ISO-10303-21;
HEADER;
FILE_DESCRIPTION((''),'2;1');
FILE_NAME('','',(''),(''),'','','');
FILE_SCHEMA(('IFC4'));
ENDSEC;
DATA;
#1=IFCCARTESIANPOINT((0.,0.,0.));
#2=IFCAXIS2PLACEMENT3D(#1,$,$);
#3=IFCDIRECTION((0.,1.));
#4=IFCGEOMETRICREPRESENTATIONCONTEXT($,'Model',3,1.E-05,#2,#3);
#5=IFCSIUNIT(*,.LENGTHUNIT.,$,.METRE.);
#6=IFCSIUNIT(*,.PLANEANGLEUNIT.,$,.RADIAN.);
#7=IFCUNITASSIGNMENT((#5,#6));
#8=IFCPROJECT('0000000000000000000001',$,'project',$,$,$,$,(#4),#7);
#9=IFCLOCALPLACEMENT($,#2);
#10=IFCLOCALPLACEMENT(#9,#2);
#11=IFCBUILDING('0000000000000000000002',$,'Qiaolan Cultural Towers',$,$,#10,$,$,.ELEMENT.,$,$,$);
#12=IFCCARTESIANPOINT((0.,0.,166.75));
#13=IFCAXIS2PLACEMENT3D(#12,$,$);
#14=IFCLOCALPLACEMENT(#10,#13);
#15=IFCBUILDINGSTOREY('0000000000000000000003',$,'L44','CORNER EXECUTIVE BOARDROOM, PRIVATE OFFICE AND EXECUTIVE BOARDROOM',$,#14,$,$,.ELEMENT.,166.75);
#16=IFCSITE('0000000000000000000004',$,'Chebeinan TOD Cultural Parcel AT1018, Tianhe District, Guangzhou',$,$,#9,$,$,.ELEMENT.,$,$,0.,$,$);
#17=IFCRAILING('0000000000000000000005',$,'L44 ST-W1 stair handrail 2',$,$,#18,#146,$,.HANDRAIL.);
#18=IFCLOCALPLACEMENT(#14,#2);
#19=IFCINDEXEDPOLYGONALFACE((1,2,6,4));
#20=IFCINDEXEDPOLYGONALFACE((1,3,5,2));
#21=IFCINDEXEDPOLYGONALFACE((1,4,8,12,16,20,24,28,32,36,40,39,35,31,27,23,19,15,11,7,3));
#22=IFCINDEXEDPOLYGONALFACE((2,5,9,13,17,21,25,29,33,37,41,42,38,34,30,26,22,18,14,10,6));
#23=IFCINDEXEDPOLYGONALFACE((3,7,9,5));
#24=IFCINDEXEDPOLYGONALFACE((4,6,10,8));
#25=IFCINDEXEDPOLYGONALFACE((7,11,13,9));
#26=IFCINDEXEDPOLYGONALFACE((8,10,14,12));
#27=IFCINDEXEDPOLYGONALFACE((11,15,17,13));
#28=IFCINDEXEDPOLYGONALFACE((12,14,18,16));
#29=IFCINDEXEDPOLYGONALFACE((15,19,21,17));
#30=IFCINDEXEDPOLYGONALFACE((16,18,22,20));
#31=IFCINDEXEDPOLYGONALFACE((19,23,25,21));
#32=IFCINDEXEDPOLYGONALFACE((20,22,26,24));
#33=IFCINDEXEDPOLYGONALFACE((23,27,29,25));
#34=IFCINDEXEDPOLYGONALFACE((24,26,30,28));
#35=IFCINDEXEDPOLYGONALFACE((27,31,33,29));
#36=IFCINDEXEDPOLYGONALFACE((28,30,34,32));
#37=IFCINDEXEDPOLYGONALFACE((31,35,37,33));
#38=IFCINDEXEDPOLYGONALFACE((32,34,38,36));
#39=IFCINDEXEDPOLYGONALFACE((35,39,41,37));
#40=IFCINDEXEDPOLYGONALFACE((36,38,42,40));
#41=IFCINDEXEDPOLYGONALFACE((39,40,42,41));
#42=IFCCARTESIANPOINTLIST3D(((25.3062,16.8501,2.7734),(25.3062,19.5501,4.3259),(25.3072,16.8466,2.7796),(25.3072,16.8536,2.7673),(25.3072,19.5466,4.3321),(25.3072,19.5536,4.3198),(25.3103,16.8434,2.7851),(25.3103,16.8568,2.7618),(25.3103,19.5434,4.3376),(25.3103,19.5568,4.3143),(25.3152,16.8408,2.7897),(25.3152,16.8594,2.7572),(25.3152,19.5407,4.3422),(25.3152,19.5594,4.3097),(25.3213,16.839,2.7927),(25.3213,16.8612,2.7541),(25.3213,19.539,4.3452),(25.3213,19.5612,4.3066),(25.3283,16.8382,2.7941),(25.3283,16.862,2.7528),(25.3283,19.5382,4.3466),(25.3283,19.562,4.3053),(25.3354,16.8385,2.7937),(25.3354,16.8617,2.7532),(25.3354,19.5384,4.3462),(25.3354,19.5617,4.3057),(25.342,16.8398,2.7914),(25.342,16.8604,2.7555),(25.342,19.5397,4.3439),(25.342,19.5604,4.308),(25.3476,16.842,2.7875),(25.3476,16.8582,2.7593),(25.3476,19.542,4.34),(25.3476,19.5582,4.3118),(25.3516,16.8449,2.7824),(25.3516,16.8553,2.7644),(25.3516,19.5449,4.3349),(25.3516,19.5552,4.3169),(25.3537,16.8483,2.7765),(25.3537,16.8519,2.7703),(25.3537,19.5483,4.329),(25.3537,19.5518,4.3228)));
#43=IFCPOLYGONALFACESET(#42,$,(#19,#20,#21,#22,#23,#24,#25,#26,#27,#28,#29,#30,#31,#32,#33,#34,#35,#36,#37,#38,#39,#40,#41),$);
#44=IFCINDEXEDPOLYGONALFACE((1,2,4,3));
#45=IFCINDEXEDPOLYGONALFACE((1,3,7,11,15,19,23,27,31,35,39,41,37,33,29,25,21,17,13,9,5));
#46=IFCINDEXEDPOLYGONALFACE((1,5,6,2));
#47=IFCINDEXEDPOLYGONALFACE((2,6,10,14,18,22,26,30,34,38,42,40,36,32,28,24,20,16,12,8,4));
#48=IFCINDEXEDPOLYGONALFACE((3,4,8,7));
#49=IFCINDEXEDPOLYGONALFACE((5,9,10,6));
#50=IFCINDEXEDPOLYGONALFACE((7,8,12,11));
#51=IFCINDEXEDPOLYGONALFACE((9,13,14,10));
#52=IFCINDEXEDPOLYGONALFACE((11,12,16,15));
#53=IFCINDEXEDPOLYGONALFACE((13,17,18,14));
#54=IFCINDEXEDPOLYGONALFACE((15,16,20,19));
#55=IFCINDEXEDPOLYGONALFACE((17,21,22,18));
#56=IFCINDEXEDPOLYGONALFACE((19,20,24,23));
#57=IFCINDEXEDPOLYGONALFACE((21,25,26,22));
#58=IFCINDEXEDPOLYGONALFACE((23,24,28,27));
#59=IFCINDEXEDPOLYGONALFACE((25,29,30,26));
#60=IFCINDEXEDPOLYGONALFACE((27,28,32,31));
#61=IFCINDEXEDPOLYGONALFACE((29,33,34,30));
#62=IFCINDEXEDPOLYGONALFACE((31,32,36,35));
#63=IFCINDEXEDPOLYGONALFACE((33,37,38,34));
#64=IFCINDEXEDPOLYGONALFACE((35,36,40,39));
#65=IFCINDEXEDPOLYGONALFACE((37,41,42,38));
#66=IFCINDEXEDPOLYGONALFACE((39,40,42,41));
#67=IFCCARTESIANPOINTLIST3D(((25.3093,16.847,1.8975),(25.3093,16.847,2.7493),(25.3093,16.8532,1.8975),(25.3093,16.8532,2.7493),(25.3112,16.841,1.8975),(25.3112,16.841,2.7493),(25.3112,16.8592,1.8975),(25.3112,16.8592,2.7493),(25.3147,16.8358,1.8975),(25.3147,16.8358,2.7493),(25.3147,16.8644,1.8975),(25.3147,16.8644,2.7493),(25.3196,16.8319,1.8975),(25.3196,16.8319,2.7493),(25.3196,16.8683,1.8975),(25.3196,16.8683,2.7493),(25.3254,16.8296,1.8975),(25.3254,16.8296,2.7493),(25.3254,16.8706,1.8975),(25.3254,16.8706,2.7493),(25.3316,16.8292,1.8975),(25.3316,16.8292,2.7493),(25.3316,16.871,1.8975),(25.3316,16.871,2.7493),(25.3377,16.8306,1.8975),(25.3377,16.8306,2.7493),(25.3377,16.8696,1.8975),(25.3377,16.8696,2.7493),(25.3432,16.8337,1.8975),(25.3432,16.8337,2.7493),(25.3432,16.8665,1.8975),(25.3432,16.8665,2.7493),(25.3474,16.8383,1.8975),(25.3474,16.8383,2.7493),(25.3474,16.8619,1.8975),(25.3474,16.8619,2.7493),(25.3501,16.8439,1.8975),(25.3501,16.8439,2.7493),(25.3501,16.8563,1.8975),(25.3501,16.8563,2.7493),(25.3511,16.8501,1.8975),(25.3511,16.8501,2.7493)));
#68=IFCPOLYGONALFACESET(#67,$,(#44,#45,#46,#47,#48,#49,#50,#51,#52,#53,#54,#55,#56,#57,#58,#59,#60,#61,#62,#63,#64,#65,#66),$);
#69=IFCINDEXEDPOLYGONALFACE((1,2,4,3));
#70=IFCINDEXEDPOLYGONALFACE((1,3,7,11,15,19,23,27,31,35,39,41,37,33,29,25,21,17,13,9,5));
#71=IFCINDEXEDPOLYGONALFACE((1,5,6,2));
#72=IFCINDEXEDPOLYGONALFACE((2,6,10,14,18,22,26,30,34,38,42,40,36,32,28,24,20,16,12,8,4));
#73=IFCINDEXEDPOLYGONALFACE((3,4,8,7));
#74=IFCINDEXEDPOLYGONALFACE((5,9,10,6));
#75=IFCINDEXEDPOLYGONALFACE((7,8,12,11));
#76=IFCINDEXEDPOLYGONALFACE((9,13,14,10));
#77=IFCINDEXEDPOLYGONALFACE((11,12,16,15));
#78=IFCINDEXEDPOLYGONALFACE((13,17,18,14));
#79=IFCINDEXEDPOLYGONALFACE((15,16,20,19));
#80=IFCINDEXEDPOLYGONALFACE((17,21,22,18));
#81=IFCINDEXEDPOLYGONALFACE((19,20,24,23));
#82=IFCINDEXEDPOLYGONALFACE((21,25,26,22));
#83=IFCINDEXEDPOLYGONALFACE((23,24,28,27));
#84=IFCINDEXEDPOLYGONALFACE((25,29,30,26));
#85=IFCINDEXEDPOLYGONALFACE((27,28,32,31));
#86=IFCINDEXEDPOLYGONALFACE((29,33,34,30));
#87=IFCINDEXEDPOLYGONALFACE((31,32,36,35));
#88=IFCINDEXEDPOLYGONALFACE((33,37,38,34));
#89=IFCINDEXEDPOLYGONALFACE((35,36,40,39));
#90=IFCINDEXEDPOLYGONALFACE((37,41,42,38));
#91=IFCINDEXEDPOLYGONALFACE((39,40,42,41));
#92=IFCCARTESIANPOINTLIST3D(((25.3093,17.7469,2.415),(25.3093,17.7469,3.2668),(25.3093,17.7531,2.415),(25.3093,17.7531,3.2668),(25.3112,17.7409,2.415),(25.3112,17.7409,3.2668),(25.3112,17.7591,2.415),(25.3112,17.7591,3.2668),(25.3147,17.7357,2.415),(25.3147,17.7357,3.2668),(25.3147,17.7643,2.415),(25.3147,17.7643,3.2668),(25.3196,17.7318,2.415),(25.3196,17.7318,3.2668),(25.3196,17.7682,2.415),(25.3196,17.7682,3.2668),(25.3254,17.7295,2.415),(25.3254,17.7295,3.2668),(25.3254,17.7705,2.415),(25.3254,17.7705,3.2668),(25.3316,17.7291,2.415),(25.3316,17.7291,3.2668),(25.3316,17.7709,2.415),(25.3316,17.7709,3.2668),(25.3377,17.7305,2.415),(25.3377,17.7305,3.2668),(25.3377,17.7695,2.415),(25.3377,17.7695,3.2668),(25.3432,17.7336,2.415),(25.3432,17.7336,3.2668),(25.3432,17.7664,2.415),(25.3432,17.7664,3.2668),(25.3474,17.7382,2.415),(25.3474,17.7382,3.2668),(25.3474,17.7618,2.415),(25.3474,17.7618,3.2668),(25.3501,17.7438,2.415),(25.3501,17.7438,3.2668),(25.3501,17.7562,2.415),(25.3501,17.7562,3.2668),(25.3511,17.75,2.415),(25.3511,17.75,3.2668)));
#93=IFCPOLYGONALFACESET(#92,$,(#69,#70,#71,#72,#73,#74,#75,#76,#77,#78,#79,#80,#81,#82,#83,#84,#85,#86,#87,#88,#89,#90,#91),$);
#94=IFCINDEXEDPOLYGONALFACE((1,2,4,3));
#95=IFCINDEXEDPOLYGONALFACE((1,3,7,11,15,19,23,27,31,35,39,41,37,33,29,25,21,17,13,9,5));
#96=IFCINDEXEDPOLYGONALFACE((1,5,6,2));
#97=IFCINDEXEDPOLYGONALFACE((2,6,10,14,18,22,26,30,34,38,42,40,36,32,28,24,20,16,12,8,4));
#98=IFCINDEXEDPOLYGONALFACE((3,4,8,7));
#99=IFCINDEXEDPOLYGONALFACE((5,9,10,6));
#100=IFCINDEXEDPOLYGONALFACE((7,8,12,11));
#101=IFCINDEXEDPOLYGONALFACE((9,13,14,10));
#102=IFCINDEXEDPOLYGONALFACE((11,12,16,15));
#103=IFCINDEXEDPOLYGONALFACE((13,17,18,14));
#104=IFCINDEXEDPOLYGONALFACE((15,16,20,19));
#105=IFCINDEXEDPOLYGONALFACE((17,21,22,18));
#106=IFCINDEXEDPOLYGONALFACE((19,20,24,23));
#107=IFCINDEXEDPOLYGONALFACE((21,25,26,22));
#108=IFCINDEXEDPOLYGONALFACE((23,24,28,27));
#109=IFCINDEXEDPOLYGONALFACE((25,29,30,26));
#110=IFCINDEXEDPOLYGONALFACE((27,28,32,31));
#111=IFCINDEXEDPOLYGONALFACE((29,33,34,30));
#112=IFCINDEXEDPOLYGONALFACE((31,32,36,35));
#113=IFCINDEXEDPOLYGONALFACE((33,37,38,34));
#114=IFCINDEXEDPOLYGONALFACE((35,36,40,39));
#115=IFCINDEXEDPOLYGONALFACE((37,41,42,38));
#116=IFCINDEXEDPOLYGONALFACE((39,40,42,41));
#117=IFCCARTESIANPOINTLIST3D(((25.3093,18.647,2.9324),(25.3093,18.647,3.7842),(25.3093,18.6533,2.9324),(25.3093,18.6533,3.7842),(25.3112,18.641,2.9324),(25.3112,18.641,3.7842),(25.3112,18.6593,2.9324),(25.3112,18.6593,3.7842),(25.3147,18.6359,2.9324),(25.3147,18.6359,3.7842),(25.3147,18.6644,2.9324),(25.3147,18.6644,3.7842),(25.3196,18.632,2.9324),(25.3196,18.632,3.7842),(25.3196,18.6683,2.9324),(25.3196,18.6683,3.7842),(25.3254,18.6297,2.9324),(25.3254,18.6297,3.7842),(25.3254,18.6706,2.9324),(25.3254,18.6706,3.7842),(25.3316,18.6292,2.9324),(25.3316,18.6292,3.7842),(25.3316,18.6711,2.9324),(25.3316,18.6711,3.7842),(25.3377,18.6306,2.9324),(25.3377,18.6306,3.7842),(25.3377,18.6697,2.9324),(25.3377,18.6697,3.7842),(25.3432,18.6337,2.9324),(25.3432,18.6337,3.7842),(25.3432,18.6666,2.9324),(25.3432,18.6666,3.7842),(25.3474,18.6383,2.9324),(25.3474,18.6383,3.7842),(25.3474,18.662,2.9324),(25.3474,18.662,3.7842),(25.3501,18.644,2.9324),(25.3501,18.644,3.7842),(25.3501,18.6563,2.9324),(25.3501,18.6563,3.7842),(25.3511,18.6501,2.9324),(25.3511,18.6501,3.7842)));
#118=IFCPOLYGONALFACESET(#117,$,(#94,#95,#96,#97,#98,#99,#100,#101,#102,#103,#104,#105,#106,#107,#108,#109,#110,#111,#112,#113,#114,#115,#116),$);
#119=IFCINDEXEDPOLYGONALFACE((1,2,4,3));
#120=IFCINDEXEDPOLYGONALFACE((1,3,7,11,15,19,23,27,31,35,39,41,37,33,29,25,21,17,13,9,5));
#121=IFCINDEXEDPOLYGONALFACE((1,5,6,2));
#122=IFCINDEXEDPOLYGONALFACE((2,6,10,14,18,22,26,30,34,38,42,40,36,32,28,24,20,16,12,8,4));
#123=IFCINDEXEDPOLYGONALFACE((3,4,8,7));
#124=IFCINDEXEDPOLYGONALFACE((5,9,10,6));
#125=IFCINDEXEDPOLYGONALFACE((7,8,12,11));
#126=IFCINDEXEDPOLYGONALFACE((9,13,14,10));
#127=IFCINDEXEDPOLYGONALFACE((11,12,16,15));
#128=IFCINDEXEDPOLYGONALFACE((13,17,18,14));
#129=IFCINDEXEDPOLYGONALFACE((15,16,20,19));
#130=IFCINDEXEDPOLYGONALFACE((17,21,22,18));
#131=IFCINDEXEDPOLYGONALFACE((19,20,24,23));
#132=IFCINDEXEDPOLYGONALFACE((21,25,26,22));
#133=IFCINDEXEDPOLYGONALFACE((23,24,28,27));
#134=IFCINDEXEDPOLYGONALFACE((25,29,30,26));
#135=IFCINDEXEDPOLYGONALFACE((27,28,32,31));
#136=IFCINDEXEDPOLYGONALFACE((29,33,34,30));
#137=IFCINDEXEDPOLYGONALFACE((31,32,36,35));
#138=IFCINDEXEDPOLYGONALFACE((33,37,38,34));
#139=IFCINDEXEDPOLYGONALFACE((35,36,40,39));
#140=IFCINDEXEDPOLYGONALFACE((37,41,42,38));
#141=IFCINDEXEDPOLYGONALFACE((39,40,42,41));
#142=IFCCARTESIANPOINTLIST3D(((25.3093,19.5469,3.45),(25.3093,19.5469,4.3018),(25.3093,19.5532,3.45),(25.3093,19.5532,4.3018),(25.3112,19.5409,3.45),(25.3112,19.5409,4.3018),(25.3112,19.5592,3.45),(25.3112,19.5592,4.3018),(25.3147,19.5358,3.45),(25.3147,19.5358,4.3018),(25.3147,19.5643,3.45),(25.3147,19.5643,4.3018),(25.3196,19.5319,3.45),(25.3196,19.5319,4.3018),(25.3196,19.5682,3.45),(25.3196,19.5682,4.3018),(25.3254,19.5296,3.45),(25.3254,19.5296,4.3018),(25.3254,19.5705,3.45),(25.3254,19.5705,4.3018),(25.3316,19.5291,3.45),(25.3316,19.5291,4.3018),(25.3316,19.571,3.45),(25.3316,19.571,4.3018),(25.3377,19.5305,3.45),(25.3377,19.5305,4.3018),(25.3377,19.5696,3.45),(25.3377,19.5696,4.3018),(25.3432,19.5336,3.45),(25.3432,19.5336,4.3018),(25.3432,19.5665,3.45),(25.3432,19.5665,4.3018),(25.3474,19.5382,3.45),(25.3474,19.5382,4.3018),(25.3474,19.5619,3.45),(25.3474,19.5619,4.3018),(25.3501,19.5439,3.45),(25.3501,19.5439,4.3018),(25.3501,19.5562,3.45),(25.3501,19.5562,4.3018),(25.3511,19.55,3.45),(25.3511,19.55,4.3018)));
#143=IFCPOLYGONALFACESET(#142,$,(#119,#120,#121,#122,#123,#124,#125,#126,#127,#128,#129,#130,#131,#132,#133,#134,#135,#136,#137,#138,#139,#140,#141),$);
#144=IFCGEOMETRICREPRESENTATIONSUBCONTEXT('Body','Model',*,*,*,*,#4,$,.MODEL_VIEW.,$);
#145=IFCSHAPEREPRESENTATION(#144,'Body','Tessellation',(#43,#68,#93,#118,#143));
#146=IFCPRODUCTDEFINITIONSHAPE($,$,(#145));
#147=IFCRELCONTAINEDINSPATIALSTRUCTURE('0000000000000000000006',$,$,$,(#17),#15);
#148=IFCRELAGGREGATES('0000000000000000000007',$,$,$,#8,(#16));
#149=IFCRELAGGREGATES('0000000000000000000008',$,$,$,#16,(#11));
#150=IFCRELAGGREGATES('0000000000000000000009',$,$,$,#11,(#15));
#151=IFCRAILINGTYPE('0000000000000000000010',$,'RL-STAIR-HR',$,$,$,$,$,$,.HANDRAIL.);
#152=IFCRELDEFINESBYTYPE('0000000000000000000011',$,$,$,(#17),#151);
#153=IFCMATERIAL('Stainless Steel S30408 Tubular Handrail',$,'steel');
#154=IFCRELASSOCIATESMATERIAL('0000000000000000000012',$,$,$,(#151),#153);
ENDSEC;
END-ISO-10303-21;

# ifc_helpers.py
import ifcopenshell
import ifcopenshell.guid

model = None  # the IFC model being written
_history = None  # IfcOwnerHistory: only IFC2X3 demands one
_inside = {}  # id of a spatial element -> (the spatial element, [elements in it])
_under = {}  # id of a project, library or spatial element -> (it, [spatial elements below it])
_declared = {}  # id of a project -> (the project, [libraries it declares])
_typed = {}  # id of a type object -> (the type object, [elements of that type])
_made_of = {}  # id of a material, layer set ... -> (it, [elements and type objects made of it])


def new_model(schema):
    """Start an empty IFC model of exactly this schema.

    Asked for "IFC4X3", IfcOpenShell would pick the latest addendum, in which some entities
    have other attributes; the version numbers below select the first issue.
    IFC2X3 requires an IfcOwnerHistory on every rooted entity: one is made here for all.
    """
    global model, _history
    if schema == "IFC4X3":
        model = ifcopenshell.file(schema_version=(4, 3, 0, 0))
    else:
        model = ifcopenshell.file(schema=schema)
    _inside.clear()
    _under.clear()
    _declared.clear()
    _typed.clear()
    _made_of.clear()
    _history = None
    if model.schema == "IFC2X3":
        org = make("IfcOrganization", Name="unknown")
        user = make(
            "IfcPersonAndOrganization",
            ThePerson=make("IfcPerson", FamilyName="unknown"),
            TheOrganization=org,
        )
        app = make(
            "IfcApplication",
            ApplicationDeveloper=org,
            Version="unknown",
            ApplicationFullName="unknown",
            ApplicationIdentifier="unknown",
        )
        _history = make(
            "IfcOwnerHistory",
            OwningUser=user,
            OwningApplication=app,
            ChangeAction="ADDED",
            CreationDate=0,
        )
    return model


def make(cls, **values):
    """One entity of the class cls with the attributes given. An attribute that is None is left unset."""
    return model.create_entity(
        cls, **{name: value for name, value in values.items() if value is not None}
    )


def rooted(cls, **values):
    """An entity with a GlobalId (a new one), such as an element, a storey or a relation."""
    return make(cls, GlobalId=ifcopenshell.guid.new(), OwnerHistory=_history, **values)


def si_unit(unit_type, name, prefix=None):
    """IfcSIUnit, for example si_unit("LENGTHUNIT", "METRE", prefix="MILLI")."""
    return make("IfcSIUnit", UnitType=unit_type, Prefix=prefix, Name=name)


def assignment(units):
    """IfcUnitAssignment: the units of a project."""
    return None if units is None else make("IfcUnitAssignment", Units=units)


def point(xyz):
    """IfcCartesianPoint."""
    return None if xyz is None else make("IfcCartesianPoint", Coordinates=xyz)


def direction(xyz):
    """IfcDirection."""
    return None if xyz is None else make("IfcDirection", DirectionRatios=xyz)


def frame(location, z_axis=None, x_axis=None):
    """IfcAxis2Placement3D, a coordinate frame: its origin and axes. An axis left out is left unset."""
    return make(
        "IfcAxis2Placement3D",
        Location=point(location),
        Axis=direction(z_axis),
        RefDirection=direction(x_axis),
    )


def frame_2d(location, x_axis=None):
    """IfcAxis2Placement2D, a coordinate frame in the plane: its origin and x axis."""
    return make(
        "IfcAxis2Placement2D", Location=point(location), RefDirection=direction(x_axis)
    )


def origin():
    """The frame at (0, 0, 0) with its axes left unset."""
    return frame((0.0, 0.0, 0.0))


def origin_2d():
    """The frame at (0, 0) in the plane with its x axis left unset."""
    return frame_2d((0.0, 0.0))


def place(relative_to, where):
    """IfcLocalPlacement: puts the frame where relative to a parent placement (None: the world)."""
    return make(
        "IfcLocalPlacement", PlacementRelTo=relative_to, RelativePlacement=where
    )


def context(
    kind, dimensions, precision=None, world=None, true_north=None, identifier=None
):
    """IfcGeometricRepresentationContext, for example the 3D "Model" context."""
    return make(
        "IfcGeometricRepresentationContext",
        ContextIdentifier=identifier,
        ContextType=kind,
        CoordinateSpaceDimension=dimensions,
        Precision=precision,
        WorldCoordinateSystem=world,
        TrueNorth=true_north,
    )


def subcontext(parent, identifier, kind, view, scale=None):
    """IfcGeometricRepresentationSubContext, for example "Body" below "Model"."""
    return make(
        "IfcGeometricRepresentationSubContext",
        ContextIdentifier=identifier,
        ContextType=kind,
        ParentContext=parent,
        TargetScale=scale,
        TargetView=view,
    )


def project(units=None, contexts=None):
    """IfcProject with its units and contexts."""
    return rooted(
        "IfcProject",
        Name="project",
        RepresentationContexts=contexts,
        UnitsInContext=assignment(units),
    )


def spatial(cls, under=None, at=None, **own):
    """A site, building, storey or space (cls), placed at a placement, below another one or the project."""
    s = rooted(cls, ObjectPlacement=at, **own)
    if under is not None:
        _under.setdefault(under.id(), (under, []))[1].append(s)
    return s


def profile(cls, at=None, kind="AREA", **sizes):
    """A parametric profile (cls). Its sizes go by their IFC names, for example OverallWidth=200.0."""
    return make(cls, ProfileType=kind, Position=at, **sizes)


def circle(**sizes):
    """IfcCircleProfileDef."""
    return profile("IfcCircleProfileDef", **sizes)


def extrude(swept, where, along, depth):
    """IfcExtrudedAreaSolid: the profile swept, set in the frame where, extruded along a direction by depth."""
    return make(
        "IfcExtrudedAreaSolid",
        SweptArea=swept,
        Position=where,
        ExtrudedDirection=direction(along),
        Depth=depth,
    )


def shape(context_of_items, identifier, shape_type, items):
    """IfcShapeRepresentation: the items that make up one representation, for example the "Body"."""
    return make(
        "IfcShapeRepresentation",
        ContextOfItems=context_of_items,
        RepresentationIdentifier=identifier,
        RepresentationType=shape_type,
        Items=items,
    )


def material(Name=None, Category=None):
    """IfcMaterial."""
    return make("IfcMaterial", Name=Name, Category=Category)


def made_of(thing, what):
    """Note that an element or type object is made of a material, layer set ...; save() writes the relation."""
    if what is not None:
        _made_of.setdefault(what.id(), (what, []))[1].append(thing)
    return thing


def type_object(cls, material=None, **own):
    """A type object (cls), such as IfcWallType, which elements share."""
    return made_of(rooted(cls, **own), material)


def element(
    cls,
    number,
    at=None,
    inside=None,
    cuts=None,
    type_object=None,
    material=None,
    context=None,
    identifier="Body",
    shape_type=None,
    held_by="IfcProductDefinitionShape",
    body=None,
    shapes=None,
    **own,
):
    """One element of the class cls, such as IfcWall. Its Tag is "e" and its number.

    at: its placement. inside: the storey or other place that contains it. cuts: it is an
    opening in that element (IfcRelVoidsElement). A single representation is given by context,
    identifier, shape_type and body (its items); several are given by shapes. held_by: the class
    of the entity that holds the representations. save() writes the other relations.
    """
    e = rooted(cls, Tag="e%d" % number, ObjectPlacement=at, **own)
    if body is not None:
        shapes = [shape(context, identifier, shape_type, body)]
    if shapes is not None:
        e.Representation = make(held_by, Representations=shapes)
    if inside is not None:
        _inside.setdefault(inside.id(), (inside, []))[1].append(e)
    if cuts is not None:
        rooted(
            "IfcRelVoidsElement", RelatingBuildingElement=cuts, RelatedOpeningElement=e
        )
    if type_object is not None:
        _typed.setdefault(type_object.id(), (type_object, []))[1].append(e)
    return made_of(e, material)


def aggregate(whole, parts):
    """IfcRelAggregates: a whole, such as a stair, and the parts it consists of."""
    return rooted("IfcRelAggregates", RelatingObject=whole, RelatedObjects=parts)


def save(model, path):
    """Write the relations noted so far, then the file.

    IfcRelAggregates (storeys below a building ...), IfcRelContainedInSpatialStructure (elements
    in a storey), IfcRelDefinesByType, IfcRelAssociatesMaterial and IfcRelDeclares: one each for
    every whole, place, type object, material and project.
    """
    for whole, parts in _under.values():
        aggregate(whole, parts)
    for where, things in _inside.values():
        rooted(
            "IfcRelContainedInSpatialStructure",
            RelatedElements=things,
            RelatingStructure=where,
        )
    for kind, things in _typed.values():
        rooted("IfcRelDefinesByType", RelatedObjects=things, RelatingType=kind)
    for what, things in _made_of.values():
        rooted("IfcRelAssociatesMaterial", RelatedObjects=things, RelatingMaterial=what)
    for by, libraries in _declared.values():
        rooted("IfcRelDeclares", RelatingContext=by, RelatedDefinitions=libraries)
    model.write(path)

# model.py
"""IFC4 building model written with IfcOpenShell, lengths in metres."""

from ifc_helpers import new_model, si_unit, direction, frame, origin, origin_2d, place, context, subcontext, project, spatial, circle, extrude, material, type_object, element, save


model = new_model("IFC4")

# Units and contexts
model_context = context("Model", 3, precision=1e-05, world=origin(), true_north=direction((0.0, 1.0)))
body_context = subcontext(model_context, "Body", "Model", "MODEL_VIEW")
ifc_project = project(units=[si_unit("LENGTHUNIT", "METRE"), si_unit("PLANEANGLEUNIT", "RADIAN")], contexts=[model_context])

# Site, building, storey
site_placement = place(None, origin())
site = spatial("IfcSite", under=ifc_project, at=site_placement, Name="Chebeinan TOD Cultural Parcel AT1018, Tianhe District, Guangzhou", CompositionType="ELEMENT", RefElevation=0.0)
building_placement = place(site_placement, origin())
building = spatial("IfcBuilding", under=site, at=building_placement, Name="Qiaolan Cultural Towers", CompositionType="ELEMENT")
storey_placement = place(building_placement, frame((0.0, 0.0, 166.75)))
storey = spatial("IfcBuildingStorey", under=building, at=storey_placement, Name="L44", Description="CORNER EXECUTIVE BOARDROOM, PRIVATE OFFICE AND EXECUTIVE BOARDROOM", CompositionType="ELEMENT", Elevation=166.75)

# Railing
ifc_material_1 = material(Name="Stainless Steel S30408 Tubular Handrail", Category="steel")
railing_type_1 = type_object("IfcRailingType", Name="RL-STAIR-HR", PredefinedType="HANDRAIL", material=ifc_material_1)
railing_1_placement = place(storey_placement, frame((25.3301, 16.8501, 1.8975)))
element("IfcRailing", 1, at=railing_1_placement, inside=storey, type_object=railing_type_1, Name="L44 ST-W1 stair handrail 2", PredefinedType="HANDRAIL", context=body_context, shape_type="SweptSolid", body=[
    extrude(circle(Radius=0.0239, at=origin_2d()), frame((0.0, 0.0, 0.876), z_axis=(0.0, 0.866904, 0.498476), x_axis=(-1.0, 0.0, 0.0)), (0.0, 0.0, 1.0), 3.1145),
    extrude(circle(Radius=0.021, at=origin_2d()), origin(), (0.0, 0.0, 1.0), 0.8518),
    extrude(circle(Radius=0.021, at=origin_2d()), frame((0.0, 0.8999, 0.5176)), (0.0, 0.0, 1.0), 0.8518),
    extrude(circle(Radius=0.021, at=origin_2d()), frame((0.0, 1.8, 1.0349)), (0.0, 0.0, 1.0), 0.8518),
    extrude(circle(Radius=0.021, at=origin_2d()), frame((0.0, 2.7, 1.5525)), (0.0, 0.0, 1.0), 0.8518),
])

save(model, "model.ifc")
